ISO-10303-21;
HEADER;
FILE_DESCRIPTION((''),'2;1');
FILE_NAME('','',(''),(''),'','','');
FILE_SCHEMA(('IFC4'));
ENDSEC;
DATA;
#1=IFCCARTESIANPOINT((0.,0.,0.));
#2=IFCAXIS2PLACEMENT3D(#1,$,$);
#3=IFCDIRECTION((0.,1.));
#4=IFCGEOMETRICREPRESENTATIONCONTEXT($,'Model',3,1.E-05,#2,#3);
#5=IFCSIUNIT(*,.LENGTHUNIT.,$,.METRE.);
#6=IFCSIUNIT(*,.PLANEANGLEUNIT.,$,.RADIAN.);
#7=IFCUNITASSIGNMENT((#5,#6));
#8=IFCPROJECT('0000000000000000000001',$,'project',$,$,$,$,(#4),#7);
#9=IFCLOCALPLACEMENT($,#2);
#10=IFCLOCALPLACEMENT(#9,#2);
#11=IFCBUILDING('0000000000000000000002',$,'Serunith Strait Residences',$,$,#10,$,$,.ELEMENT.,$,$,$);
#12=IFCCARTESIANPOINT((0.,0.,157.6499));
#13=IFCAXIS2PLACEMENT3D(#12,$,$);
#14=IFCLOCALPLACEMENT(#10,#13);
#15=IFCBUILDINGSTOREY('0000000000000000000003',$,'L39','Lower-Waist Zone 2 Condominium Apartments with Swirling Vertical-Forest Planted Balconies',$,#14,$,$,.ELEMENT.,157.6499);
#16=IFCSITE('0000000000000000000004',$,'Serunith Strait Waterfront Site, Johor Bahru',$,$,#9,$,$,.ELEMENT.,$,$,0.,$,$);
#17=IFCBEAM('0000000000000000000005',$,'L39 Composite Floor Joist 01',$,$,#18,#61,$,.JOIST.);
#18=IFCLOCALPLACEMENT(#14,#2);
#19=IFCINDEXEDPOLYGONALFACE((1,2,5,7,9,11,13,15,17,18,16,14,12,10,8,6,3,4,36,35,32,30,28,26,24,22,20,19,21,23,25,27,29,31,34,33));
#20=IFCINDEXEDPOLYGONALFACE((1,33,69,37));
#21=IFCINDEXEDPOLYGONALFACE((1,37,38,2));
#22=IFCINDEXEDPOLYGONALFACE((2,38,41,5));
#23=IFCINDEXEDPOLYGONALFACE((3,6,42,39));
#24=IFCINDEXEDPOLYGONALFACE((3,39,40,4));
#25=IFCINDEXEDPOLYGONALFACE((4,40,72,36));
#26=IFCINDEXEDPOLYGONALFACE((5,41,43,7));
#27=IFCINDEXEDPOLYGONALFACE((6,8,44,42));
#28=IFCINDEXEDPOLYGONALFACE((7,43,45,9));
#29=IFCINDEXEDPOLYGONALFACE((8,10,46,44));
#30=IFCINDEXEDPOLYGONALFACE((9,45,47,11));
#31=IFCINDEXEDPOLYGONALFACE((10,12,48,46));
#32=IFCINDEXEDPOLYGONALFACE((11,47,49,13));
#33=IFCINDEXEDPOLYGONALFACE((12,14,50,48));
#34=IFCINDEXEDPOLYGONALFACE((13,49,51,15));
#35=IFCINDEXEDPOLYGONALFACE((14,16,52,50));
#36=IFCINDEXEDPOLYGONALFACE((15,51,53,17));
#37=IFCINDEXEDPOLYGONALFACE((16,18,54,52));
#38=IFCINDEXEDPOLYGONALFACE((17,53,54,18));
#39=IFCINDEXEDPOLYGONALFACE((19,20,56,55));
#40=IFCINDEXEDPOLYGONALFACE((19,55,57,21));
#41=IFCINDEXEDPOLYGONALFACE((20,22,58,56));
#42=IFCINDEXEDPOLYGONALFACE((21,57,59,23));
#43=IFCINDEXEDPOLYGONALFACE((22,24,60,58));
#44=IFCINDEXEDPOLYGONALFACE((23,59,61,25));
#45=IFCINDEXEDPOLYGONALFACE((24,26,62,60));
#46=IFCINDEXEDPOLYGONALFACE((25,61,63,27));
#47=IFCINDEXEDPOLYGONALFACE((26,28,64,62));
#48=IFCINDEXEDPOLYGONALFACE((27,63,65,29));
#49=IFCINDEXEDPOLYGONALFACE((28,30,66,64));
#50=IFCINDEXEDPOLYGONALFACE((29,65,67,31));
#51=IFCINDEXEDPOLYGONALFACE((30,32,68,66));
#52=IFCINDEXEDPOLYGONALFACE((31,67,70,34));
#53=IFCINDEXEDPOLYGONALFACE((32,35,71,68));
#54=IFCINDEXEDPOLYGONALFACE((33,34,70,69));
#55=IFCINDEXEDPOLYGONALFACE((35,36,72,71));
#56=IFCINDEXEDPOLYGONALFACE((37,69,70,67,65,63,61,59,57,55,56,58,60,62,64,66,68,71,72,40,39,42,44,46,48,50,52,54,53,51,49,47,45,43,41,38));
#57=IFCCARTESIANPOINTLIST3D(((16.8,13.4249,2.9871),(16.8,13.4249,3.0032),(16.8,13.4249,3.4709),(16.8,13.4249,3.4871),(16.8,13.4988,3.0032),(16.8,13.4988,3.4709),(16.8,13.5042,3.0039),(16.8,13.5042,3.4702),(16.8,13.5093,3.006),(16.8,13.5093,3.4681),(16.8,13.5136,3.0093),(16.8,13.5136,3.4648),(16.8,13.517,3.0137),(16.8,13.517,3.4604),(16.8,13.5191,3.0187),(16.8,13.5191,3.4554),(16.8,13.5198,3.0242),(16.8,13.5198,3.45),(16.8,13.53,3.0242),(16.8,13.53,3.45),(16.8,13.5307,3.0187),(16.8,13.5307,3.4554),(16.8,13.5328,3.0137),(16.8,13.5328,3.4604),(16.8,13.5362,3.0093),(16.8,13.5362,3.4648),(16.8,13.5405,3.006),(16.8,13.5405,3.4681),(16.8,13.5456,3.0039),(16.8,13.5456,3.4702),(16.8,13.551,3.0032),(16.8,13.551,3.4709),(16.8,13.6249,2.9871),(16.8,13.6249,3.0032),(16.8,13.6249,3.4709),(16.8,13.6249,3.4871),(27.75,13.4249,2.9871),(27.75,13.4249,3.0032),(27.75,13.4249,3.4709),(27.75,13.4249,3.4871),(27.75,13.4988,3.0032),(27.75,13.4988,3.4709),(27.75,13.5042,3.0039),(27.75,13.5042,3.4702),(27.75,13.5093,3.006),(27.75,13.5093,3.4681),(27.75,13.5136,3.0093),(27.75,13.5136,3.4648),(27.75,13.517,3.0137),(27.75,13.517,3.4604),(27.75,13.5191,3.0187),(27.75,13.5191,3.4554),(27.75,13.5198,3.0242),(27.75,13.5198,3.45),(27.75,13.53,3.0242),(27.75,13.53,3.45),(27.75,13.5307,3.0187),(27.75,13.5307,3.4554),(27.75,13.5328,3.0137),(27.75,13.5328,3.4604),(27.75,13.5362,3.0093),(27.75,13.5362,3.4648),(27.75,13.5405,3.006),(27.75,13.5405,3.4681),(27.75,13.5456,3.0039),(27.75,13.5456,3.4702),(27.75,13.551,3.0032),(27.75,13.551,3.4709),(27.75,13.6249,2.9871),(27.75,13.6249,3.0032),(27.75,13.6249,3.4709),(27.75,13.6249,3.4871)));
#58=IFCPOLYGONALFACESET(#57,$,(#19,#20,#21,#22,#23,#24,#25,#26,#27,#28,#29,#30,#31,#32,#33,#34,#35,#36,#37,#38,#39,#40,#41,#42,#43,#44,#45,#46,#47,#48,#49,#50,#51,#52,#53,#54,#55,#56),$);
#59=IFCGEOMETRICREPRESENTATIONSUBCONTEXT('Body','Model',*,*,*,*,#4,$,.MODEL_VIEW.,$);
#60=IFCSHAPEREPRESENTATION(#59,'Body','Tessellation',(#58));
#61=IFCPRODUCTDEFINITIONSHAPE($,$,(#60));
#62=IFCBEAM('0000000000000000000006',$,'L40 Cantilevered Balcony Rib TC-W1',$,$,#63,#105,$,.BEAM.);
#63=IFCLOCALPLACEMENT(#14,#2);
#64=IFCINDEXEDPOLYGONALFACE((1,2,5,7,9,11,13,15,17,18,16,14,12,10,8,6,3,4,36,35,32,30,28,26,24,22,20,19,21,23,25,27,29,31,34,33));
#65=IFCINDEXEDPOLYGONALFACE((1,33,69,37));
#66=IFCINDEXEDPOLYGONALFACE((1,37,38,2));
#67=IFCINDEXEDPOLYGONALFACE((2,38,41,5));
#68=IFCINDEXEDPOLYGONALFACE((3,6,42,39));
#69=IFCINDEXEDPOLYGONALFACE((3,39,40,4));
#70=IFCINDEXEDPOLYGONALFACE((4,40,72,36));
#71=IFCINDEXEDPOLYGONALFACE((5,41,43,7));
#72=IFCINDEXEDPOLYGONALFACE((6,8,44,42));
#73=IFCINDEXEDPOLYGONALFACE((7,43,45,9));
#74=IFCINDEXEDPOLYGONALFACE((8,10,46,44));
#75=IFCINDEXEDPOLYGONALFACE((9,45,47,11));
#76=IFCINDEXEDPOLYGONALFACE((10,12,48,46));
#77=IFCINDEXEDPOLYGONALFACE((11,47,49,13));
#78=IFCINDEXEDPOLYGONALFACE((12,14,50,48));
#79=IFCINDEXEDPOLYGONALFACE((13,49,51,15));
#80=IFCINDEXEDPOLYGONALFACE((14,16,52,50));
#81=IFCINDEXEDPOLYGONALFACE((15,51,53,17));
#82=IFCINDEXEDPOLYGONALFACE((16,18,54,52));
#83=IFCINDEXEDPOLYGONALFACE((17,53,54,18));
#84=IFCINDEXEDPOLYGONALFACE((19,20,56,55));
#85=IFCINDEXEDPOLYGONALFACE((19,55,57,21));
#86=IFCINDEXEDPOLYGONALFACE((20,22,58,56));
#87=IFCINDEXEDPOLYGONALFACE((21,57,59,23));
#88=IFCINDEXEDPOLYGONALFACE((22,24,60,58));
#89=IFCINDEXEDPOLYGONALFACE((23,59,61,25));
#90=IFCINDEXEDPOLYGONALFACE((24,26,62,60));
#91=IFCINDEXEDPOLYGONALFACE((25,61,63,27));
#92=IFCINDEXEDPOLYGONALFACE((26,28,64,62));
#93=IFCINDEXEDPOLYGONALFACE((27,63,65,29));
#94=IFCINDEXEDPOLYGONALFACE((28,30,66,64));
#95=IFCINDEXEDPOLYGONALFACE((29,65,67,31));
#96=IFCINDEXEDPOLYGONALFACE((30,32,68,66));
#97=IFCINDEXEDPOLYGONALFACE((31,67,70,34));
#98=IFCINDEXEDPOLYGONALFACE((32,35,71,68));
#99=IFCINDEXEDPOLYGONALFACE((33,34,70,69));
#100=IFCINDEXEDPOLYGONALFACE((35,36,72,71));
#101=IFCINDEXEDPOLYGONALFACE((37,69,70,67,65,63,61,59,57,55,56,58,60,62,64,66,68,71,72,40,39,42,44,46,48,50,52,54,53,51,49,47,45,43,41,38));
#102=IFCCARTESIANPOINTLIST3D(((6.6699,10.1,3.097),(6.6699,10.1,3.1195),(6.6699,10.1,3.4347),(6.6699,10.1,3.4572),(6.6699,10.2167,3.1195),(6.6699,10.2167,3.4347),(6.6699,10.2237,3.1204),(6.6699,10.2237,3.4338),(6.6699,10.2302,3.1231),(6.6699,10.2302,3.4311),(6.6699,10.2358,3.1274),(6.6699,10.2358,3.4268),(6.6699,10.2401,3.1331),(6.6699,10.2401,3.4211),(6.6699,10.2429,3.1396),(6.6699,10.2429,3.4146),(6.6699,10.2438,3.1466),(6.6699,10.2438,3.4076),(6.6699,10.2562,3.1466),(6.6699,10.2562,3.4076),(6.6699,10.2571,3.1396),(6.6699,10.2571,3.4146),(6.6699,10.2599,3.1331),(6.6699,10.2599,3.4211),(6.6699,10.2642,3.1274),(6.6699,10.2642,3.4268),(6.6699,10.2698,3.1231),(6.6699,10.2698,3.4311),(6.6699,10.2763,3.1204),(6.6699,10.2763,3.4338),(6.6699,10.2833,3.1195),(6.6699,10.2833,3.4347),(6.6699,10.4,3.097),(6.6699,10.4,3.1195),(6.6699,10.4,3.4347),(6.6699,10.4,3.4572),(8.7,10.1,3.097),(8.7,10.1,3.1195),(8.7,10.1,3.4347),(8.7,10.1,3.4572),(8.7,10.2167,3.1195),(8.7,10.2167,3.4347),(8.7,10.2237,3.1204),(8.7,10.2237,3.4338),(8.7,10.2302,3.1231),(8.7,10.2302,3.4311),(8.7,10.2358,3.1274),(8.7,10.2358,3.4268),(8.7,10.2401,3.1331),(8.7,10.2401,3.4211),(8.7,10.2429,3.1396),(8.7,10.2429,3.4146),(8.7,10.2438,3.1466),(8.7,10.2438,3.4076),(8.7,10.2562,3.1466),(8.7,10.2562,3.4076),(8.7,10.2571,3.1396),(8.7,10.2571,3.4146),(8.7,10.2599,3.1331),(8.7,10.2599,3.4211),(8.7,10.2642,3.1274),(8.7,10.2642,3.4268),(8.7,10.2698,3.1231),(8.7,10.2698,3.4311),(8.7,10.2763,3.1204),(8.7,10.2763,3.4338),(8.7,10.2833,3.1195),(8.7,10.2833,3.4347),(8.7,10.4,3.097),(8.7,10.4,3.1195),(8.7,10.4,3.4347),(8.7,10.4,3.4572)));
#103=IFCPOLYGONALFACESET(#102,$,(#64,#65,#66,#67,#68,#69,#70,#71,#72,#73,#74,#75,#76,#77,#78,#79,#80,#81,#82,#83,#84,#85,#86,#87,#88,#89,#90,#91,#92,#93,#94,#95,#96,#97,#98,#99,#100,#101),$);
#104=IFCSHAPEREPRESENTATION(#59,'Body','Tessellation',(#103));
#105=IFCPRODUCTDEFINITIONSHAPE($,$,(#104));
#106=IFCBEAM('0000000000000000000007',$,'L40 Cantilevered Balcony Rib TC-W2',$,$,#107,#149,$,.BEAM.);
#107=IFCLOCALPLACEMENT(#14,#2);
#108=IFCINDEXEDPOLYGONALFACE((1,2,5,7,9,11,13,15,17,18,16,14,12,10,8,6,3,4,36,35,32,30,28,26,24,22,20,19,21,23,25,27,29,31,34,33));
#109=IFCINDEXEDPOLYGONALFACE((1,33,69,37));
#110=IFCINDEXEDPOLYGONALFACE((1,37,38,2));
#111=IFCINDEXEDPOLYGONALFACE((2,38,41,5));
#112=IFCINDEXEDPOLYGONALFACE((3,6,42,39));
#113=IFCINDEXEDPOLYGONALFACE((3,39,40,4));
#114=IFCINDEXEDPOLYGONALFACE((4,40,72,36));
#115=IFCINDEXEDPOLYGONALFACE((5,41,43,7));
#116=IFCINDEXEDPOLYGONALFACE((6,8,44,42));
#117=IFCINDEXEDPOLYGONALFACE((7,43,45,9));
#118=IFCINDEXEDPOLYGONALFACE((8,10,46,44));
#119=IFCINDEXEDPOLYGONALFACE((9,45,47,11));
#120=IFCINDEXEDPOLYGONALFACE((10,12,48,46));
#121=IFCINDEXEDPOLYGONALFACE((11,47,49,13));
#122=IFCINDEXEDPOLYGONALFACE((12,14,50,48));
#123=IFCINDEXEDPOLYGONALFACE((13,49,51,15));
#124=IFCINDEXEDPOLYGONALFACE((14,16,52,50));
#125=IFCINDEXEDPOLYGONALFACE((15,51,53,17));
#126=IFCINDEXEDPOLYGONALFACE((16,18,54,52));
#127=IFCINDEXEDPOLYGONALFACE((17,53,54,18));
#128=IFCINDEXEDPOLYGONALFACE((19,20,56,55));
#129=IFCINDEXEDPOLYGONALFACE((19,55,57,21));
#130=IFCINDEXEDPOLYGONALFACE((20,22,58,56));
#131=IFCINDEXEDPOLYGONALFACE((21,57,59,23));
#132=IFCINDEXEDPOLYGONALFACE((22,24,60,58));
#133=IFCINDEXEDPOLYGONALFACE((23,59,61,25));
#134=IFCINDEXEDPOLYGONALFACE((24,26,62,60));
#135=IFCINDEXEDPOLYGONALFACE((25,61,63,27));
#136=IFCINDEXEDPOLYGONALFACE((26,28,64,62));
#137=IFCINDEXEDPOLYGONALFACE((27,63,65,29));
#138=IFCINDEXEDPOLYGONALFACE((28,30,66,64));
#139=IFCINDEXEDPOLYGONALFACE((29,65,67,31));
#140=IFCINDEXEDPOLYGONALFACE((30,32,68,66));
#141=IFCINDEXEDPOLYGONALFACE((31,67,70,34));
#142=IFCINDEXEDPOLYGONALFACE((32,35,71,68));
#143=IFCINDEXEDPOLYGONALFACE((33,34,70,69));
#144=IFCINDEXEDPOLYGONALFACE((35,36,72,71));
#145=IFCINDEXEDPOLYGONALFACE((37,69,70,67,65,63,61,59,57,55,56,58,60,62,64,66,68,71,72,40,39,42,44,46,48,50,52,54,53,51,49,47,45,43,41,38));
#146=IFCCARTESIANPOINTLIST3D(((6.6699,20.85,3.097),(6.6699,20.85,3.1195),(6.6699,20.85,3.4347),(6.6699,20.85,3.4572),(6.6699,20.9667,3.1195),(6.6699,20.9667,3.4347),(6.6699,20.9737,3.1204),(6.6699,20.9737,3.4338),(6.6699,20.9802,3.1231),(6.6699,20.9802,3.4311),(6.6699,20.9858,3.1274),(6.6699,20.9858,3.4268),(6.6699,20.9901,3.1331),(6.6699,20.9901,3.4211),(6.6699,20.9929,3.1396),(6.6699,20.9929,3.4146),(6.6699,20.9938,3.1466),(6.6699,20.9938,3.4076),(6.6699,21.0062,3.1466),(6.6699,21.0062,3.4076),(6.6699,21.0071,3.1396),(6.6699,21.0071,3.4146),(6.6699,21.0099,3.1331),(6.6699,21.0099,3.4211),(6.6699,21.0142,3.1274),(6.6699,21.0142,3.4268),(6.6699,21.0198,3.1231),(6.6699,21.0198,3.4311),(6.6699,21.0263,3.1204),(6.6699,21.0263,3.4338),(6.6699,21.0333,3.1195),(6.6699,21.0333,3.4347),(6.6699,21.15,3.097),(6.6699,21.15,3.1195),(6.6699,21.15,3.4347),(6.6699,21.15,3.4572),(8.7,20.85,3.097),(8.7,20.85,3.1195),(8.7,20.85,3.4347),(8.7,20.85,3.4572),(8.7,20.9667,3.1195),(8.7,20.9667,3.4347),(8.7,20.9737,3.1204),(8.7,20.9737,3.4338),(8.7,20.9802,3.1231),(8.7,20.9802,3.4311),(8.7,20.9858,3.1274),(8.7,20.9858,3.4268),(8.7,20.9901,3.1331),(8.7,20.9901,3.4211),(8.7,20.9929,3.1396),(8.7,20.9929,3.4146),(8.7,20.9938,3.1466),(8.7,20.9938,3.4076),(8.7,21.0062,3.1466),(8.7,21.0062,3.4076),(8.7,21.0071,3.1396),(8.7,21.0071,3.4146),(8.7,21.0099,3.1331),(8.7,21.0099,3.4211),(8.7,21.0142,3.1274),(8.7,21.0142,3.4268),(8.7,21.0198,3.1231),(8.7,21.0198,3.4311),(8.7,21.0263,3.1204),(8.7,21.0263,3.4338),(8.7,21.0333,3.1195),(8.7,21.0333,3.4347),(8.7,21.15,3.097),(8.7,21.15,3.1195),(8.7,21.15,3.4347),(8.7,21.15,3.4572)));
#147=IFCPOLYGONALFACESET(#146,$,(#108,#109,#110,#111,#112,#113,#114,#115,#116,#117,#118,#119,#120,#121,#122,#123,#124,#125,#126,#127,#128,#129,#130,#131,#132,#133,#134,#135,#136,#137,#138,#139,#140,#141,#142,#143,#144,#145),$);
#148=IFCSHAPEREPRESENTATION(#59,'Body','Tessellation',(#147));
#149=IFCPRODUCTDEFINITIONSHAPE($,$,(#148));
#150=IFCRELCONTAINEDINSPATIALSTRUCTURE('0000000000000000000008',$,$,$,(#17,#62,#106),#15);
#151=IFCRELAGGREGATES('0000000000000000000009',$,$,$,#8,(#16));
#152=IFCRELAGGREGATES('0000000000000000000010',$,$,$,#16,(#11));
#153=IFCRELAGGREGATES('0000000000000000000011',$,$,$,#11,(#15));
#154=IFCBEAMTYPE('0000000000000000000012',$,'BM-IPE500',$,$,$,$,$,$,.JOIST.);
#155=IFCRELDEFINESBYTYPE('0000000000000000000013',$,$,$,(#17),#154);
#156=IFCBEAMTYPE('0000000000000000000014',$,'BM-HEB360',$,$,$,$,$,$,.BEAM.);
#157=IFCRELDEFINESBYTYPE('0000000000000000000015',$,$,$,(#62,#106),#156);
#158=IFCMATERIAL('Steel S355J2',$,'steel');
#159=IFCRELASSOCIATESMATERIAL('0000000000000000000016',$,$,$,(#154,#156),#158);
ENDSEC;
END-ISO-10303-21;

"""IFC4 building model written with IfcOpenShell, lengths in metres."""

from ifc_helpers import new_model, si_unit, direction, frame, origin, origin_2d, place, context, subcontext, project, spatial, i_section, extrude, source, transform, mapped, material, material_profile, profile_set, type_object, element, save


model = new_model("IFC4")

# Units and contexts
model_context = context("Model", 3, precision=1e-05, world=origin(), true_north=direction((0.0, 1.0)))
body_context = subcontext(model_context, "Body", "Model", "MODEL_VIEW")
ifc_project = project(units=[si_unit("LENGTHUNIT", "METRE"), si_unit("PLANEANGLEUNIT", "RADIAN")], contexts=[model_context])

# Site, building, storey
site_placement = place(None, origin())
site = spatial("IfcSite", under=ifc_project, at=site_placement, Name="Serunith Strait Waterfront Site, Johor Bahru", CompositionType="ELEMENT", RefElevation=0.0)
building_placement = place(site_placement, origin())
building = spatial("IfcBuilding", under=site, at=building_placement, Name="Serunith Strait Residences", CompositionType="ELEMENT")
storey_placement = place(building_placement, frame((0.0, 0.0, 157.6499)))
storey = spatial("IfcBuildingStorey", under=building, at=storey_placement, Name="L39", Description="Lower-Waist Zone 2 Condominium Apartments with Swirling Vertical-Forest Planted Balconies", CompositionType="ELEMENT", Elevation=157.6499)

# Beams
ifc_material_1 = material(Name="Steel S355J2", Category="steel")
ifc_material_profile_1 = material_profile(ifc_material_1, i_section(OverallWidth=0.2, OverallDepth=0.5, WebThickness=0.0103, FlangeThickness=0.0161, FilletRadius=0.021, at=origin_2d()), Name="IPE 500")
ifc_profile_set_1 = profile_set([ifc_material_profile_1], Name="Steel S355J2")
beam_type_1 = type_object("IfcBeamType", Name="BM-IPE500", PredefinedType="JOIST", material=ifc_profile_set_1)
shared_shape_1 = source(origin(), body_context, "Body", "SweptSolid", [
    extrude(i_section(OverallWidth=0.2, OverallDepth=0.5, WebThickness=0.0103, FlangeThickness=0.0161, FilletRadius=0.021, at=origin_2d()), origin(), (0.0, 0.0, 1.0), 10.95),
])
beam_1_placement = place(storey_placement, frame((16.8, 13.5249, 3.2371), z_axis=(1.0, 0.0, 0.0), x_axis=(0.0, 1.0, 0.0)))
element("IfcBeam", 1, at=beam_1_placement, inside=storey, type_object=beam_type_1, Name="L39 Composite Floor Joist 01", PredefinedType="JOIST", context=body_context, shape_type="MappedRepresentation", body=[
    mapped(shared_shape_1, transform((0.0, 0.0, 0.0), scale=1.0)),
])
ifc_material_profile_2 = material_profile(ifc_material_1, i_section(OverallWidth=0.3, OverallDepth=0.3601, WebThickness=0.0125, FlangeThickness=0.0225, FilletRadius=0.0271, at=origin_2d()), Name="HEB 360")
ifc_profile_set_2 = profile_set([ifc_material_profile_2], Name="Steel S355J2")
beam_type_2 = type_object("IfcBeamType", Name="BM-HEB360", PredefinedType="BEAM", material=ifc_profile_set_2)
shared_shape_2 = source(origin(), body_context, "Body", "SweptSolid", [
    extrude(i_section(OverallWidth=0.3, OverallDepth=0.3601, WebThickness=0.0125, FlangeThickness=0.0225, FilletRadius=0.0271, at=origin_2d()), origin(), (0.0, 0.0, 1.0), 2.03),
])
for number, where, z_axis, x_axis, name in (
    (2, (8.7, 10.25, 3.2771), (-1.0, 0.0, 0.0), (0.0, -1.0, 0.0), "L40 Cantilevered Balcony Rib TC-W1"),
    (3, (8.7, 21.0, 3.2771), (-1.0, 0.0, 0.0), (0.0, -1.0, 0.0), "L40 Cantilevered Balcony Rib TC-W2"),
):
    element("IfcBeam", number, at=place(storey_placement, frame(where, z_axis=z_axis, x_axis=x_axis)), inside=storey, type_object=beam_type_2, Name=name, PredefinedType="BEAM", context=body_context, shape_type="MappedRepresentation", body=[
        mapped(shared_shape_2, transform((0.0, 0.0, 0.0), scale=1.0)),
    ])

save(model, "model.ifc")
